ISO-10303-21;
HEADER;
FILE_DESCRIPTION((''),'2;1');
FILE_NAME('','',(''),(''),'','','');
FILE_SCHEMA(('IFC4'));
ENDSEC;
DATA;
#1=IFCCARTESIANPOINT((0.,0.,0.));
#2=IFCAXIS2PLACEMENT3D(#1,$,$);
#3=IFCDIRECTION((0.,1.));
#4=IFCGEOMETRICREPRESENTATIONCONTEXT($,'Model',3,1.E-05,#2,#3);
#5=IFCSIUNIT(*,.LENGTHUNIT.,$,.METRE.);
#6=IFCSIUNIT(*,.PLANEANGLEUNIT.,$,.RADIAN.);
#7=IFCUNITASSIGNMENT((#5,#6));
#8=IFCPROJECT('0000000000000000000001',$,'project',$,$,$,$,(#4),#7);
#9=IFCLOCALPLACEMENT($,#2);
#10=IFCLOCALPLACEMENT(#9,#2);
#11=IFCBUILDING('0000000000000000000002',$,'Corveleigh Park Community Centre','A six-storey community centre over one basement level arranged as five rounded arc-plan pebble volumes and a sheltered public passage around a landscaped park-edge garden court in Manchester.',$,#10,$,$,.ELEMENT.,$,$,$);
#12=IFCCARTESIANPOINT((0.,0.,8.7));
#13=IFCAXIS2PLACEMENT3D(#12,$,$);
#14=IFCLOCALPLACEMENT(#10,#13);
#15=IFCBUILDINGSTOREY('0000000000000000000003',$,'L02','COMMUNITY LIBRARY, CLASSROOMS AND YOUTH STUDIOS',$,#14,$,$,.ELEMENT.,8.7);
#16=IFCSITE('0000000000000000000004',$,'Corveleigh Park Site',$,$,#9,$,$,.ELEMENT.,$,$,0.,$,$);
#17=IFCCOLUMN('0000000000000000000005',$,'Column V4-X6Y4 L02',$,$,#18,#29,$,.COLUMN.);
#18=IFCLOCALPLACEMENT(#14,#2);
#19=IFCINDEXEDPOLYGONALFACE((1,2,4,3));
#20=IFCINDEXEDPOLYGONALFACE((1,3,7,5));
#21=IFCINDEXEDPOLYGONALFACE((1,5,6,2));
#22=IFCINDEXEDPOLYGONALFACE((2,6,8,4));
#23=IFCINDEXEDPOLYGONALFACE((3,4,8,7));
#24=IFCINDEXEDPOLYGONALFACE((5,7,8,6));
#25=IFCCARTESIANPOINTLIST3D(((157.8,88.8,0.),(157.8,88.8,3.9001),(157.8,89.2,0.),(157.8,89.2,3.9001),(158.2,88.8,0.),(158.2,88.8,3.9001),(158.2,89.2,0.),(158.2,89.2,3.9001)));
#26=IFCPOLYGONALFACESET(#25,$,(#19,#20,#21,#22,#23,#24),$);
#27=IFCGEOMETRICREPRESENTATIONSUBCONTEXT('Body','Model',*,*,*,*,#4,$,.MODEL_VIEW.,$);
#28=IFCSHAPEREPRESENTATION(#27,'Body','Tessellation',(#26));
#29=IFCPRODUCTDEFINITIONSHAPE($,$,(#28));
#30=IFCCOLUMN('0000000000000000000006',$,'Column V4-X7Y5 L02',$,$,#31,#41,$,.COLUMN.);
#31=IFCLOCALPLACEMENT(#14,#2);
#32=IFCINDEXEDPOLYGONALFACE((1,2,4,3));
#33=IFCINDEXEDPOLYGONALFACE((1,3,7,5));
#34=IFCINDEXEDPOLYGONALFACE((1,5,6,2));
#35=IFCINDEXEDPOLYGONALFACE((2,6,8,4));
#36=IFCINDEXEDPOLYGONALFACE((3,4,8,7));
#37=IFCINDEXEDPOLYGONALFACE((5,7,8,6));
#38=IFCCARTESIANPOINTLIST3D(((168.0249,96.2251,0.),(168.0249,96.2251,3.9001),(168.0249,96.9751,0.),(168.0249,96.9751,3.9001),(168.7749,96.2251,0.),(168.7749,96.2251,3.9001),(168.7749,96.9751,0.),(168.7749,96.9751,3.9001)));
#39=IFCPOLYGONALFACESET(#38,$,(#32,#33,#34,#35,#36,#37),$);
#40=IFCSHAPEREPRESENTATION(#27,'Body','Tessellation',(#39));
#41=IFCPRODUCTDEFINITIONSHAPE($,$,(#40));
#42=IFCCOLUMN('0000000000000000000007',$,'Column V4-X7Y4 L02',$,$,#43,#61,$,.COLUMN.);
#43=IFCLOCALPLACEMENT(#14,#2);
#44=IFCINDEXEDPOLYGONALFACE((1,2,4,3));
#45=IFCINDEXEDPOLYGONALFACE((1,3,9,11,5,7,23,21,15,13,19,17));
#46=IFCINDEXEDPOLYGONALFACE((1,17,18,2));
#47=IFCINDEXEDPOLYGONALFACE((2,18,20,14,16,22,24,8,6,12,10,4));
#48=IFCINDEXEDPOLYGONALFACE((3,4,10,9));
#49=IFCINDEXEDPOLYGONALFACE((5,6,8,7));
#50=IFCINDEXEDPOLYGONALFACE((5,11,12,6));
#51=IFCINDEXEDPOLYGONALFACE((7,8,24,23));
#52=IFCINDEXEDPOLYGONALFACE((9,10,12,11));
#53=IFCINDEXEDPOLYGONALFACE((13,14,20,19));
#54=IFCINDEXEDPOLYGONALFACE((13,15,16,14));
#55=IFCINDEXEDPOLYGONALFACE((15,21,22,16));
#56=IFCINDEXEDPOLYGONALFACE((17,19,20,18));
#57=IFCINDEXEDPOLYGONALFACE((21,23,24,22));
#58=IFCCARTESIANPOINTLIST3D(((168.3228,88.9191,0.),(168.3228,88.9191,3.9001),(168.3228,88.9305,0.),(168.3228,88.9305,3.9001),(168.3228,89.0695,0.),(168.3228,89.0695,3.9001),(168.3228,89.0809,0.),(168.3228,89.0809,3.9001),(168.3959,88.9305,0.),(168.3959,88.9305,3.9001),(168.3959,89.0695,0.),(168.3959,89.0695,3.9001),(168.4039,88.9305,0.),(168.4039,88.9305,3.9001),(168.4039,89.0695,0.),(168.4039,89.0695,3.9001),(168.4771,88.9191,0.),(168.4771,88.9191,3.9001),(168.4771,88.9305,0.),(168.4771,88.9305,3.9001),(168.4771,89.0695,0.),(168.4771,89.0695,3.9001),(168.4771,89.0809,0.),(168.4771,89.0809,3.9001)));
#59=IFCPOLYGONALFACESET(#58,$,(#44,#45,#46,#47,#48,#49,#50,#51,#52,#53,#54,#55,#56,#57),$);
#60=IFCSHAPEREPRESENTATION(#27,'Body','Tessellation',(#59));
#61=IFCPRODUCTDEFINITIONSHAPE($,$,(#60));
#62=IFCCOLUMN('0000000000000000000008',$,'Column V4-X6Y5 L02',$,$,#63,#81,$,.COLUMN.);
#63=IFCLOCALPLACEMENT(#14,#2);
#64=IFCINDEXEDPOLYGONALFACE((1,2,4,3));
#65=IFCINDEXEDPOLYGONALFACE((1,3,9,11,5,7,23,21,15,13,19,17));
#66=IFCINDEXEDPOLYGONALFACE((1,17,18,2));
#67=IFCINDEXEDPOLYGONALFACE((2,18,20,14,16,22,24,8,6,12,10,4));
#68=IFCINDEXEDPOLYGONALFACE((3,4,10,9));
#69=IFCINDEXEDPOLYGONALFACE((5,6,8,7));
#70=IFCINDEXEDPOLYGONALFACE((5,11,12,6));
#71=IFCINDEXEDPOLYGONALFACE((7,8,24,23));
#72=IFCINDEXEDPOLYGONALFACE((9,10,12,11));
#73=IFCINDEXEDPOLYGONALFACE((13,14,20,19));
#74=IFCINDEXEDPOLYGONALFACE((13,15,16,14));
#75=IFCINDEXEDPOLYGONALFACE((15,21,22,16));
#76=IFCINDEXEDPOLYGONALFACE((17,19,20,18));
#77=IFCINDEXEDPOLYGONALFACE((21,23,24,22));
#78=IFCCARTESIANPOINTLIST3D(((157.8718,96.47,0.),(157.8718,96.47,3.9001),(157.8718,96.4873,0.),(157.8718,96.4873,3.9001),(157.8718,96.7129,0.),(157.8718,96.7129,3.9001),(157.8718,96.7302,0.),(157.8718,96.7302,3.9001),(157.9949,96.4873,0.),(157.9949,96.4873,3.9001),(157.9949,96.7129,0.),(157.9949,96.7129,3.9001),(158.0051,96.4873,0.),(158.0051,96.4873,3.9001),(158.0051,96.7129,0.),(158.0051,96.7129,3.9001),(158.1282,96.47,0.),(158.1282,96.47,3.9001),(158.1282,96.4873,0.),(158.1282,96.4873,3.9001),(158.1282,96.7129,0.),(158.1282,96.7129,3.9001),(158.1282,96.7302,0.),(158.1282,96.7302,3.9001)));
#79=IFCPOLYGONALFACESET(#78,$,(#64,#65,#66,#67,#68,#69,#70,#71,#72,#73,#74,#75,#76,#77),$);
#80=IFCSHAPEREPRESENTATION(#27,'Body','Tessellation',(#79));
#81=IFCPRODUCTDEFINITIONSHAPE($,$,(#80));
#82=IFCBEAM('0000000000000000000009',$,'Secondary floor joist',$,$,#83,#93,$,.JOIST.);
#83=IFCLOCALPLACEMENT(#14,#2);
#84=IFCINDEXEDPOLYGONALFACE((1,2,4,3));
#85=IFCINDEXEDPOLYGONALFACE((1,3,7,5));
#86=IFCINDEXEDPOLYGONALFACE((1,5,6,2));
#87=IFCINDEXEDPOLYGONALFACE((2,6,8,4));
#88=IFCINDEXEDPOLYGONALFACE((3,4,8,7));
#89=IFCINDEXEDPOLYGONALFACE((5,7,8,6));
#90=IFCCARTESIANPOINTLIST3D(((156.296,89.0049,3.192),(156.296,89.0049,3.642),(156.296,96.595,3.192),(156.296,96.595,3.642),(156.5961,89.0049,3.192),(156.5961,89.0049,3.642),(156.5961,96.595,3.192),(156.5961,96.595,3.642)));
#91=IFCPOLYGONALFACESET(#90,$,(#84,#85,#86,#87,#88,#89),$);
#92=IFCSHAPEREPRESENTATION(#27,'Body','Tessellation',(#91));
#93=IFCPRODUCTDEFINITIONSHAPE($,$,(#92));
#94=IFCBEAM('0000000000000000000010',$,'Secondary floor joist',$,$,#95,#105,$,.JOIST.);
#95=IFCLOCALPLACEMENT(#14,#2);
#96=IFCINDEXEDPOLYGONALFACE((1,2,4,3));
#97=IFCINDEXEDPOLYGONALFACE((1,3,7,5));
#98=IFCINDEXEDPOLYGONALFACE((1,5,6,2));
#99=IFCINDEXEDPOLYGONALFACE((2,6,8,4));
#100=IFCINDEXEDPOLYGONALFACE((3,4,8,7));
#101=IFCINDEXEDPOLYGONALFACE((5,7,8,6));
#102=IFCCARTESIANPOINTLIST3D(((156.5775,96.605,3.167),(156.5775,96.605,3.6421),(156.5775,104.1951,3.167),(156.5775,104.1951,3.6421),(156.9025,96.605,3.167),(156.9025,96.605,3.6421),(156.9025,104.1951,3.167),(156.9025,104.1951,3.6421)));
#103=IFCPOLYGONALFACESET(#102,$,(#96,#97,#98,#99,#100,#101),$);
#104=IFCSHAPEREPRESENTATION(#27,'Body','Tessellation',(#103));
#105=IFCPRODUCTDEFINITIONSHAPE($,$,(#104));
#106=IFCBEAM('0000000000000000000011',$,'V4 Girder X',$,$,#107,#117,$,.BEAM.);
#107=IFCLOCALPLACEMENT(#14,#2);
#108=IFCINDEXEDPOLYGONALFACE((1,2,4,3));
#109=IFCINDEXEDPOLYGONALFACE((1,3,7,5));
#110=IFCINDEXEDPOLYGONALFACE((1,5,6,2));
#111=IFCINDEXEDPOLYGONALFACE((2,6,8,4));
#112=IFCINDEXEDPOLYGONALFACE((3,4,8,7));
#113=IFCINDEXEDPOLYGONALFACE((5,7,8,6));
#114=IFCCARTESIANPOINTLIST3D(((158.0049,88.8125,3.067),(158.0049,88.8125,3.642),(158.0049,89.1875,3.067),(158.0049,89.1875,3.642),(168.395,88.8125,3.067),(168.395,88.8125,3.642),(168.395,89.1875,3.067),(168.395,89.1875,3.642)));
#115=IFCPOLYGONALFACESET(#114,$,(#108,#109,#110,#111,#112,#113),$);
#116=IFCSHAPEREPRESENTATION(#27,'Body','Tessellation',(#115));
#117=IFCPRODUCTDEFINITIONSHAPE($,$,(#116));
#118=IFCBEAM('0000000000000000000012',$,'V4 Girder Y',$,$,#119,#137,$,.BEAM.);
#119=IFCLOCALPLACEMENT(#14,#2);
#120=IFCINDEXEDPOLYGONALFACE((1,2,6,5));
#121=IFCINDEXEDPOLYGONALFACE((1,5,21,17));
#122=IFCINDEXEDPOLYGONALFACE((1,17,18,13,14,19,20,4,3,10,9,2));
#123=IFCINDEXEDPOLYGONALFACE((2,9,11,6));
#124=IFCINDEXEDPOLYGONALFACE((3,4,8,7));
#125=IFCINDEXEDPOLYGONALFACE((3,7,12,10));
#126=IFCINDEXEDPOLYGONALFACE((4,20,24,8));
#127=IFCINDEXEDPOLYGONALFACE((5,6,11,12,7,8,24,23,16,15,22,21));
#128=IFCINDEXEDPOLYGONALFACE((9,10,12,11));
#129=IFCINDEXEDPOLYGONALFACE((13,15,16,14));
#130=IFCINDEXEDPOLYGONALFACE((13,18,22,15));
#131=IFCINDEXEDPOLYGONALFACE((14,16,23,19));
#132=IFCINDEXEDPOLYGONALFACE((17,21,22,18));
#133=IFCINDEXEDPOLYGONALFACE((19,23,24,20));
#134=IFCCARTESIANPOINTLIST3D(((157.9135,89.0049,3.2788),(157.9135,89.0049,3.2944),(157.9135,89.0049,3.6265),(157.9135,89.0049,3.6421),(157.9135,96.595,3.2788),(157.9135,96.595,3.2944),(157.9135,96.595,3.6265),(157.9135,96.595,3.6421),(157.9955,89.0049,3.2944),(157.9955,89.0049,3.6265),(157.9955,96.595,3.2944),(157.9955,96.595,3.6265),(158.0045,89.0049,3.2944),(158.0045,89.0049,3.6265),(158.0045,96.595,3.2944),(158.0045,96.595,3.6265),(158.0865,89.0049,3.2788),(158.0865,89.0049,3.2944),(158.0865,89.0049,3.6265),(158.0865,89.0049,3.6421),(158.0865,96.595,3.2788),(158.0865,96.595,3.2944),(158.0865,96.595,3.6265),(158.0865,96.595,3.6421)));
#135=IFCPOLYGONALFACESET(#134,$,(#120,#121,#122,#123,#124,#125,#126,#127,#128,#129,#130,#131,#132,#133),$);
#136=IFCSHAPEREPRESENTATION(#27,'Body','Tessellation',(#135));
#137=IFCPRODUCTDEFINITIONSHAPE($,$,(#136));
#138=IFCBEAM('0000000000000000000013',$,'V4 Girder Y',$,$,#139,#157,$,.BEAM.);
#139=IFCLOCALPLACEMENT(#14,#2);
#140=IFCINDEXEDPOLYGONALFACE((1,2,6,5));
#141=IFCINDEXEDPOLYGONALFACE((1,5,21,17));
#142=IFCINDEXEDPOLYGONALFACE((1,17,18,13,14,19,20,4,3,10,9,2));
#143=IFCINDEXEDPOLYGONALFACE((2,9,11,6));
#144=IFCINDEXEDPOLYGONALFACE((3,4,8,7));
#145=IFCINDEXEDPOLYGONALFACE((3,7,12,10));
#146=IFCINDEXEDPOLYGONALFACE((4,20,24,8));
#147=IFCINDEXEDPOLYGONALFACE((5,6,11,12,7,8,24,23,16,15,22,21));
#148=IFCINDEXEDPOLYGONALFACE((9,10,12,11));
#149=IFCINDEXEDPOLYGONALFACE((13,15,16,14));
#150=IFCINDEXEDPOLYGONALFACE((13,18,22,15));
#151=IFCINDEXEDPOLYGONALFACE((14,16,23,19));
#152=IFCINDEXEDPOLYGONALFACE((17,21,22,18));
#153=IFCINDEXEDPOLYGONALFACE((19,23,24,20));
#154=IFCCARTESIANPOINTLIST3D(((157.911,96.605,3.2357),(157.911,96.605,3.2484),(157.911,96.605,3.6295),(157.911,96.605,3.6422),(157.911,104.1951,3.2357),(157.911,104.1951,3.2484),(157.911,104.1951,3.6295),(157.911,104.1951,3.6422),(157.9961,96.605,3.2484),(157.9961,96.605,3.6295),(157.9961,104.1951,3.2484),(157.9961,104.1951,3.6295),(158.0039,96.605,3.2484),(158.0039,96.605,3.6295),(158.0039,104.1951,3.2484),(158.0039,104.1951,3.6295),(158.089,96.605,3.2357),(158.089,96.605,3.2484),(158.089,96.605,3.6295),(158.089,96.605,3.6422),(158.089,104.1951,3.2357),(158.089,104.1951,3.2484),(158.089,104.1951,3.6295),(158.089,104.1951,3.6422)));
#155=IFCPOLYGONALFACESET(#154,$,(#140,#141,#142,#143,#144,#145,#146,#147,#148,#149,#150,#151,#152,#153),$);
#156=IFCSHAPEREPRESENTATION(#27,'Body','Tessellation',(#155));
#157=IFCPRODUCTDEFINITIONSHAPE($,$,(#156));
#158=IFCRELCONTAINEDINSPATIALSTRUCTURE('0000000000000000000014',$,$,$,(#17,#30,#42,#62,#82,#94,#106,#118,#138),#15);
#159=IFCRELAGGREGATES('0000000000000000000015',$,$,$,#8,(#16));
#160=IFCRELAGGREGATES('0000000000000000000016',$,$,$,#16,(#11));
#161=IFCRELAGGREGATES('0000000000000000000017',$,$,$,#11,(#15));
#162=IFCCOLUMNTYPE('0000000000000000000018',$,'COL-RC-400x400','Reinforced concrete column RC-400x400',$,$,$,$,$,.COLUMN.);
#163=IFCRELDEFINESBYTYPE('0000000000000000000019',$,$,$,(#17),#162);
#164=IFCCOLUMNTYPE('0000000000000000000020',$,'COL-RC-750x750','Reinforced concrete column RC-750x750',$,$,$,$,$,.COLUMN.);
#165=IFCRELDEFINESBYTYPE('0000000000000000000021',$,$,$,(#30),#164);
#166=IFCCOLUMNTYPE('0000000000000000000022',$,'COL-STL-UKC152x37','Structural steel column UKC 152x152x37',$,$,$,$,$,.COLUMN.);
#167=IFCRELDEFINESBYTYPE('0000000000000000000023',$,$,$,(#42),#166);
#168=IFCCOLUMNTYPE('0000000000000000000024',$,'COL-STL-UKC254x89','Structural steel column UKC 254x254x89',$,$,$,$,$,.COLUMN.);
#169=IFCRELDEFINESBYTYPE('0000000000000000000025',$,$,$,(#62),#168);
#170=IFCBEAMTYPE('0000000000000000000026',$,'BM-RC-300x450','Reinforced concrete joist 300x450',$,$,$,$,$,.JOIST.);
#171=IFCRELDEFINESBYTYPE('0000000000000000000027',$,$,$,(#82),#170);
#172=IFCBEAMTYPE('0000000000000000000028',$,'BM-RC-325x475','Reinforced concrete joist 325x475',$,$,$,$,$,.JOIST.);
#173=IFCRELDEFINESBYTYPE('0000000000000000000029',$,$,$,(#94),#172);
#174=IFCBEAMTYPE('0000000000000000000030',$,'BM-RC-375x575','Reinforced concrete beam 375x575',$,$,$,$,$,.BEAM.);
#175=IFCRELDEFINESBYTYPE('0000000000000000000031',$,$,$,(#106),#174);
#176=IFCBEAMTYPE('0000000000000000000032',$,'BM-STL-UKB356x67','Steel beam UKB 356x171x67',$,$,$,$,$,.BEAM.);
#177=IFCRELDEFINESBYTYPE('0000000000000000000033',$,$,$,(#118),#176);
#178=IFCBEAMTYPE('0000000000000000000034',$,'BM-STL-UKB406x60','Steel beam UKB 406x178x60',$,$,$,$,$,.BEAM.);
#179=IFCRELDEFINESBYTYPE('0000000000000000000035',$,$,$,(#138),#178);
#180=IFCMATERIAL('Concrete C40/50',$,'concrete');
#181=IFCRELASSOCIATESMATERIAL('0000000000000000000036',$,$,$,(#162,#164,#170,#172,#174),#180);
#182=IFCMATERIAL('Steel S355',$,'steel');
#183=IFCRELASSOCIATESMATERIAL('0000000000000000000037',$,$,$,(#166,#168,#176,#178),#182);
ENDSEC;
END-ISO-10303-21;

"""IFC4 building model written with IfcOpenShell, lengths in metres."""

from ifc_helpers import new_model, si_unit, direction, frame, origin, origin_2d, place, context, subcontext, project, spatial, rectangle, i_section, extrude, material, material_profile, profile_set, type_object, element, save


model = new_model("IFC4")

# Units and contexts
model_context = context("Model", 3, precision=1e-05, world=origin(), true_north=direction((0.0, 1.0)))
body_context = subcontext(model_context, "Body", "Model", "MODEL_VIEW")
ifc_project = project(units=[si_unit("LENGTHUNIT", "METRE"), si_unit("PLANEANGLEUNIT", "RADIAN")], contexts=[model_context])

# Site, building, storey
site_placement = place(None, origin())
site = spatial("IfcSite", under=ifc_project, at=site_placement, Name="Corveleigh Park Site", CompositionType="ELEMENT", RefElevation=0.0)
building_placement = place(site_placement, origin())
building = spatial("IfcBuilding", under=site, at=building_placement, Name="Corveleigh Park Community Centre", Description="A six-storey community centre over one basement level arranged as five rounded arc-plan pebble volumes and a sheltered public passage around a landscaped park-edge garden court in Manchester.", CompositionType="ELEMENT")
storey_placement = place(building_placement, frame((0.0, 0.0, 8.7)))
storey = spatial("IfcBuildingStorey", under=building, at=storey_placement, Name="L02", Description="COMMUNITY LIBRARY, CLASSROOMS AND YOUTH STUDIOS", CompositionType="ELEMENT", Elevation=8.7)

# Columns
ifc_material_1 = material(Name="Concrete C40/50", Category="concrete")
ifc_material_profile_1 = material_profile(ifc_material_1, rectangle(XDim=0.3999, YDim=0.3999, at=origin_2d()), Name="RC-400x400", Category="concrete")
ifc_profile_set_1 = profile_set([ifc_material_profile_1], Name="Concrete C40/50")
column_type_1 = type_object("IfcColumnType", Name="COL-RC-400x400", Description="Reinforced concrete column RC-400x400", PredefinedType="COLUMN", material=ifc_profile_set_1)
column_1_placement = place(storey_placement, frame((158.0, 89.0, 0.0), z_axis=(0.0, 0.0, 1.0), x_axis=(1.0, 0.0, 0.0)))
element("IfcColumn", 1, at=column_1_placement, inside=storey, type_object=column_type_1, Name="Column V4-X6Y4 L02", PredefinedType="COLUMN", context=body_context, shape_type="SweptSolid", body=[
    extrude(rectangle(XDim=0.3999, YDim=0.3999, at=origin_2d()), origin(), (0.0, 0.0, 1.0), 3.9001),
])
ifc_material_profile_2 = material_profile(ifc_material_1, rectangle(XDim=0.75, YDim=0.75, at=origin_2d()), Name="RC-750x750", Category="concrete")
ifc_profile_set_2 = profile_set([ifc_material_profile_2], Name="Concrete C40/50")
column_type_2 = type_object("IfcColumnType", Name="COL-RC-750x750", Description="Reinforced concrete column RC-750x750", PredefinedType="COLUMN", material=ifc_profile_set_2)
column_2_placement = place(storey_placement, frame((168.3999, 96.6001, 0.0), z_axis=(0.0, 0.0, 1.0), x_axis=(1.0, 0.0, 0.0)))
element("IfcColumn", 2, at=column_2_placement, inside=storey, type_object=column_type_2, Name="Column V4-X7Y5 L02", PredefinedType="COLUMN", context=body_context, shape_type="SweptSolid", body=[
    extrude(rectangle(XDim=0.75, YDim=0.75, at=origin_2d()), origin(), (0.0, 0.0, 1.0), 3.9001),
])
ifc_material_2 = material(Name="Steel S355", Category="steel")
ifc_material_profile_3 = material_profile(ifc_material_2, i_section(OverallWidth=0.1543, OverallDepth=0.1619, WebThickness=0.0081, FlangeThickness=0.0115, at=origin_2d()), Name="UKC 152x152x37", Category="steel")
ifc_profile_set_3 = profile_set([ifc_material_profile_3], Name="Steel S355")
column_type_3 = type_object("IfcColumnType", Name="COL-STL-UKC152x37", Description="Structural steel column UKC 152x152x37", PredefinedType="COLUMN", material=ifc_profile_set_3)
column_3_placement = place(storey_placement, frame((168.3999, 89.0, 0.0), z_axis=(0.0, 0.0, 1.0), x_axis=(1.0, 0.0, 0.0)))
element("IfcColumn", 3, at=column_3_placement, inside=storey, type_object=column_type_3, Name="Column V4-X7Y4 L02", PredefinedType="COLUMN", context=body_context, shape_type="SweptSolid", body=[
    extrude(i_section(OverallWidth=0.1543, OverallDepth=0.1619, WebThickness=0.0081, FlangeThickness=0.0115, at=origin_2d()), origin(), (0.0, 0.0, 1.0), 3.9001),
])
ifc_material_profile_4 = material_profile(ifc_material_2, i_section(OverallWidth=0.2563, OverallDepth=0.2603, WebThickness=0.0103, FlangeThickness=0.0173, at=origin_2d()), Name="UKC 254x254x89", Category="steel")
ifc_profile_set_4 = profile_set([ifc_material_profile_4], Name="Steel S355")
column_type_4 = type_object("IfcColumnType", Name="COL-STL-UKC254x89", Description="Structural steel column UKC 254x254x89", PredefinedType="COLUMN", material=ifc_profile_set_4)
column_4_placement = place(storey_placement, frame((158.0, 96.6001, 0.0), z_axis=(0.0, 0.0, 1.0), x_axis=(1.0, 0.0, 0.0)))
element("IfcColumn", 4, at=column_4_placement, inside=storey, type_object=column_type_4, Name="Column V4-X6Y5 L02", PredefinedType="COLUMN", context=body_context, shape_type="SweptSolid", body=[
    extrude(i_section(OverallWidth=0.2563, OverallDepth=0.2603, WebThickness=0.0103, FlangeThickness=0.0173, at=origin_2d()), origin(), (0.0, 0.0, 1.0), 3.9001),
])

# Beams
ifc_material_profile_5 = material_profile(ifc_material_1, rectangle(XDim=0.3, YDim=0.45, at=origin_2d()), Name="RC-300x450", Category="concrete")
ifc_profile_set_5 = profile_set([ifc_material_profile_5], Name="Concrete C40/50")
beam_type_1 = type_object("IfcBeamType", Name="BM-RC-300x450", Description="Reinforced concrete joist 300x450", PredefinedType="JOIST", material=ifc_profile_set_5)
beam_1_placement = place(storey_placement, frame((156.446, 89.0049, 3.417), z_axis=(0.0, 1.0, 0.0), x_axis=(-1.0, 0.0, 0.0)))
element("IfcBeam", 5, at=beam_1_placement, inside=storey, type_object=beam_type_1, Name="Secondary floor joist", PredefinedType="JOIST", context=body_context, shape_type="SweptSolid", body=[
    extrude(rectangle(XDim=0.3, YDim=0.45, at=origin_2d()), origin(), (0.0, 0.0, 1.0), 7.5901),
])
ifc_material_profile_6 = material_profile(ifc_material_1, rectangle(XDim=0.325, YDim=0.4751, at=origin_2d()), Name="RC-325x475", Category="concrete")
ifc_profile_set_6 = profile_set([ifc_material_profile_6], Name="Concrete C40/50")
beam_type_2 = type_object("IfcBeamType", Name="BM-RC-325x475", Description="Reinforced concrete joist 325x475", PredefinedType="JOIST", material=ifc_profile_set_6)
beam_2_placement = place(storey_placement, frame((156.74, 96.605, 3.4045), z_axis=(0.0, 1.0, 0.0), x_axis=(-1.0, 0.0, 0.0)))
element("IfcBeam", 6, at=beam_2_placement, inside=storey, type_object=beam_type_2, Name="Secondary floor joist", PredefinedType="JOIST", context=body_context, shape_type="SweptSolid", body=[
    extrude(rectangle(XDim=0.325, YDim=0.4751, at=origin_2d()), origin(), (0.0, 0.0, 1.0), 7.5901),
])
ifc_material_profile_7 = material_profile(ifc_material_1, rectangle(XDim=0.375, YDim=0.575, at=origin_2d()), Name="RC-375x575", Category="concrete")
ifc_profile_set_7 = profile_set([ifc_material_profile_7], Name="Concrete C40/50")
beam_type_3 = type_object("IfcBeamType", Name="BM-RC-375x575", Description="Reinforced concrete beam 375x575", PredefinedType="BEAM", material=ifc_profile_set_7)
beam_3_placement = place(storey_placement, frame((158.0049, 89.0, 3.3545), z_axis=(1.0, 0.0, 0.0), x_axis=(0.0, 1.0, 0.0)))
element("IfcBeam", 7, at=beam_3_placement, inside=storey, type_object=beam_type_3, Name="V4 Girder X", PredefinedType="BEAM", context=body_context, shape_type="SweptSolid", body=[
    extrude(rectangle(XDim=0.375, YDim=0.575, at=origin_2d()), origin(), (0.0, 0.0, 1.0), 10.3901),
])
ifc_material_profile_8 = material_profile(ifc_material_2, i_section(OverallWidth=0.1731, OverallDepth=0.3633, WebThickness=0.009, FlangeThickness=0.0156, at=origin_2d()), Name="UKB 356x171x67", Category="steel")
ifc_profile_set_8 = profile_set([ifc_material_profile_8], Name="Steel S355")
beam_type_4 = type_object("IfcBeamType", Name="BM-STL-UKB356x67", Description="Steel beam UKB 356x171x67", PredefinedType="BEAM", material=ifc_profile_set_8)
beam_4_placement = place(storey_placement, frame((158.0, 89.0049, 3.4604), z_axis=(0.0, 1.0, 0.0), x_axis=(-1.0, 0.0, 0.0)))
element("IfcBeam", 8, at=beam_4_placement, inside=storey, type_object=beam_type_4, Name="V4 Girder Y", PredefinedType="BEAM", context=body_context, shape_type="SweptSolid", body=[
    extrude(i_section(OverallWidth=0.1731, OverallDepth=0.3633, WebThickness=0.009, FlangeThickness=0.0156, at=origin_2d()), origin(), (0.0, 0.0, 1.0), 7.5901),
])
ifc_material_profile_9 = material_profile(ifc_material_2, i_section(OverallWidth=0.178, OverallDepth=0.4065, WebThickness=0.0078, FlangeThickness=0.0127, at=origin_2d()), Name="UKB 406x178x60", Category="steel")
ifc_profile_set_9 = profile_set([ifc_material_profile_9], Name="Steel S355")
beam_type_5 = type_object("IfcBeamType", Name="BM-STL-UKB406x60", Description="Steel beam UKB 406x178x60", PredefinedType="BEAM", material=ifc_profile_set_9)
beam_5_placement = place(storey_placement, frame((158.0, 96.605, 3.439), z_axis=(0.0, 1.0, 0.0), x_axis=(-1.0, 0.0, 0.0)))
element("IfcBeam", 9, at=beam_5_placement, inside=storey, type_object=beam_type_5, Name="V4 Girder Y", PredefinedType="BEAM", context=body_context, shape_type="SweptSolid", body=[
    extrude(i_section(OverallWidth=0.178, OverallDepth=0.4065, WebThickness=0.0078, FlangeThickness=0.0127, at=origin_2d()), origin(), (0.0, 0.0, 1.0), 7.5901),
])

save(model, "model.ifc")
